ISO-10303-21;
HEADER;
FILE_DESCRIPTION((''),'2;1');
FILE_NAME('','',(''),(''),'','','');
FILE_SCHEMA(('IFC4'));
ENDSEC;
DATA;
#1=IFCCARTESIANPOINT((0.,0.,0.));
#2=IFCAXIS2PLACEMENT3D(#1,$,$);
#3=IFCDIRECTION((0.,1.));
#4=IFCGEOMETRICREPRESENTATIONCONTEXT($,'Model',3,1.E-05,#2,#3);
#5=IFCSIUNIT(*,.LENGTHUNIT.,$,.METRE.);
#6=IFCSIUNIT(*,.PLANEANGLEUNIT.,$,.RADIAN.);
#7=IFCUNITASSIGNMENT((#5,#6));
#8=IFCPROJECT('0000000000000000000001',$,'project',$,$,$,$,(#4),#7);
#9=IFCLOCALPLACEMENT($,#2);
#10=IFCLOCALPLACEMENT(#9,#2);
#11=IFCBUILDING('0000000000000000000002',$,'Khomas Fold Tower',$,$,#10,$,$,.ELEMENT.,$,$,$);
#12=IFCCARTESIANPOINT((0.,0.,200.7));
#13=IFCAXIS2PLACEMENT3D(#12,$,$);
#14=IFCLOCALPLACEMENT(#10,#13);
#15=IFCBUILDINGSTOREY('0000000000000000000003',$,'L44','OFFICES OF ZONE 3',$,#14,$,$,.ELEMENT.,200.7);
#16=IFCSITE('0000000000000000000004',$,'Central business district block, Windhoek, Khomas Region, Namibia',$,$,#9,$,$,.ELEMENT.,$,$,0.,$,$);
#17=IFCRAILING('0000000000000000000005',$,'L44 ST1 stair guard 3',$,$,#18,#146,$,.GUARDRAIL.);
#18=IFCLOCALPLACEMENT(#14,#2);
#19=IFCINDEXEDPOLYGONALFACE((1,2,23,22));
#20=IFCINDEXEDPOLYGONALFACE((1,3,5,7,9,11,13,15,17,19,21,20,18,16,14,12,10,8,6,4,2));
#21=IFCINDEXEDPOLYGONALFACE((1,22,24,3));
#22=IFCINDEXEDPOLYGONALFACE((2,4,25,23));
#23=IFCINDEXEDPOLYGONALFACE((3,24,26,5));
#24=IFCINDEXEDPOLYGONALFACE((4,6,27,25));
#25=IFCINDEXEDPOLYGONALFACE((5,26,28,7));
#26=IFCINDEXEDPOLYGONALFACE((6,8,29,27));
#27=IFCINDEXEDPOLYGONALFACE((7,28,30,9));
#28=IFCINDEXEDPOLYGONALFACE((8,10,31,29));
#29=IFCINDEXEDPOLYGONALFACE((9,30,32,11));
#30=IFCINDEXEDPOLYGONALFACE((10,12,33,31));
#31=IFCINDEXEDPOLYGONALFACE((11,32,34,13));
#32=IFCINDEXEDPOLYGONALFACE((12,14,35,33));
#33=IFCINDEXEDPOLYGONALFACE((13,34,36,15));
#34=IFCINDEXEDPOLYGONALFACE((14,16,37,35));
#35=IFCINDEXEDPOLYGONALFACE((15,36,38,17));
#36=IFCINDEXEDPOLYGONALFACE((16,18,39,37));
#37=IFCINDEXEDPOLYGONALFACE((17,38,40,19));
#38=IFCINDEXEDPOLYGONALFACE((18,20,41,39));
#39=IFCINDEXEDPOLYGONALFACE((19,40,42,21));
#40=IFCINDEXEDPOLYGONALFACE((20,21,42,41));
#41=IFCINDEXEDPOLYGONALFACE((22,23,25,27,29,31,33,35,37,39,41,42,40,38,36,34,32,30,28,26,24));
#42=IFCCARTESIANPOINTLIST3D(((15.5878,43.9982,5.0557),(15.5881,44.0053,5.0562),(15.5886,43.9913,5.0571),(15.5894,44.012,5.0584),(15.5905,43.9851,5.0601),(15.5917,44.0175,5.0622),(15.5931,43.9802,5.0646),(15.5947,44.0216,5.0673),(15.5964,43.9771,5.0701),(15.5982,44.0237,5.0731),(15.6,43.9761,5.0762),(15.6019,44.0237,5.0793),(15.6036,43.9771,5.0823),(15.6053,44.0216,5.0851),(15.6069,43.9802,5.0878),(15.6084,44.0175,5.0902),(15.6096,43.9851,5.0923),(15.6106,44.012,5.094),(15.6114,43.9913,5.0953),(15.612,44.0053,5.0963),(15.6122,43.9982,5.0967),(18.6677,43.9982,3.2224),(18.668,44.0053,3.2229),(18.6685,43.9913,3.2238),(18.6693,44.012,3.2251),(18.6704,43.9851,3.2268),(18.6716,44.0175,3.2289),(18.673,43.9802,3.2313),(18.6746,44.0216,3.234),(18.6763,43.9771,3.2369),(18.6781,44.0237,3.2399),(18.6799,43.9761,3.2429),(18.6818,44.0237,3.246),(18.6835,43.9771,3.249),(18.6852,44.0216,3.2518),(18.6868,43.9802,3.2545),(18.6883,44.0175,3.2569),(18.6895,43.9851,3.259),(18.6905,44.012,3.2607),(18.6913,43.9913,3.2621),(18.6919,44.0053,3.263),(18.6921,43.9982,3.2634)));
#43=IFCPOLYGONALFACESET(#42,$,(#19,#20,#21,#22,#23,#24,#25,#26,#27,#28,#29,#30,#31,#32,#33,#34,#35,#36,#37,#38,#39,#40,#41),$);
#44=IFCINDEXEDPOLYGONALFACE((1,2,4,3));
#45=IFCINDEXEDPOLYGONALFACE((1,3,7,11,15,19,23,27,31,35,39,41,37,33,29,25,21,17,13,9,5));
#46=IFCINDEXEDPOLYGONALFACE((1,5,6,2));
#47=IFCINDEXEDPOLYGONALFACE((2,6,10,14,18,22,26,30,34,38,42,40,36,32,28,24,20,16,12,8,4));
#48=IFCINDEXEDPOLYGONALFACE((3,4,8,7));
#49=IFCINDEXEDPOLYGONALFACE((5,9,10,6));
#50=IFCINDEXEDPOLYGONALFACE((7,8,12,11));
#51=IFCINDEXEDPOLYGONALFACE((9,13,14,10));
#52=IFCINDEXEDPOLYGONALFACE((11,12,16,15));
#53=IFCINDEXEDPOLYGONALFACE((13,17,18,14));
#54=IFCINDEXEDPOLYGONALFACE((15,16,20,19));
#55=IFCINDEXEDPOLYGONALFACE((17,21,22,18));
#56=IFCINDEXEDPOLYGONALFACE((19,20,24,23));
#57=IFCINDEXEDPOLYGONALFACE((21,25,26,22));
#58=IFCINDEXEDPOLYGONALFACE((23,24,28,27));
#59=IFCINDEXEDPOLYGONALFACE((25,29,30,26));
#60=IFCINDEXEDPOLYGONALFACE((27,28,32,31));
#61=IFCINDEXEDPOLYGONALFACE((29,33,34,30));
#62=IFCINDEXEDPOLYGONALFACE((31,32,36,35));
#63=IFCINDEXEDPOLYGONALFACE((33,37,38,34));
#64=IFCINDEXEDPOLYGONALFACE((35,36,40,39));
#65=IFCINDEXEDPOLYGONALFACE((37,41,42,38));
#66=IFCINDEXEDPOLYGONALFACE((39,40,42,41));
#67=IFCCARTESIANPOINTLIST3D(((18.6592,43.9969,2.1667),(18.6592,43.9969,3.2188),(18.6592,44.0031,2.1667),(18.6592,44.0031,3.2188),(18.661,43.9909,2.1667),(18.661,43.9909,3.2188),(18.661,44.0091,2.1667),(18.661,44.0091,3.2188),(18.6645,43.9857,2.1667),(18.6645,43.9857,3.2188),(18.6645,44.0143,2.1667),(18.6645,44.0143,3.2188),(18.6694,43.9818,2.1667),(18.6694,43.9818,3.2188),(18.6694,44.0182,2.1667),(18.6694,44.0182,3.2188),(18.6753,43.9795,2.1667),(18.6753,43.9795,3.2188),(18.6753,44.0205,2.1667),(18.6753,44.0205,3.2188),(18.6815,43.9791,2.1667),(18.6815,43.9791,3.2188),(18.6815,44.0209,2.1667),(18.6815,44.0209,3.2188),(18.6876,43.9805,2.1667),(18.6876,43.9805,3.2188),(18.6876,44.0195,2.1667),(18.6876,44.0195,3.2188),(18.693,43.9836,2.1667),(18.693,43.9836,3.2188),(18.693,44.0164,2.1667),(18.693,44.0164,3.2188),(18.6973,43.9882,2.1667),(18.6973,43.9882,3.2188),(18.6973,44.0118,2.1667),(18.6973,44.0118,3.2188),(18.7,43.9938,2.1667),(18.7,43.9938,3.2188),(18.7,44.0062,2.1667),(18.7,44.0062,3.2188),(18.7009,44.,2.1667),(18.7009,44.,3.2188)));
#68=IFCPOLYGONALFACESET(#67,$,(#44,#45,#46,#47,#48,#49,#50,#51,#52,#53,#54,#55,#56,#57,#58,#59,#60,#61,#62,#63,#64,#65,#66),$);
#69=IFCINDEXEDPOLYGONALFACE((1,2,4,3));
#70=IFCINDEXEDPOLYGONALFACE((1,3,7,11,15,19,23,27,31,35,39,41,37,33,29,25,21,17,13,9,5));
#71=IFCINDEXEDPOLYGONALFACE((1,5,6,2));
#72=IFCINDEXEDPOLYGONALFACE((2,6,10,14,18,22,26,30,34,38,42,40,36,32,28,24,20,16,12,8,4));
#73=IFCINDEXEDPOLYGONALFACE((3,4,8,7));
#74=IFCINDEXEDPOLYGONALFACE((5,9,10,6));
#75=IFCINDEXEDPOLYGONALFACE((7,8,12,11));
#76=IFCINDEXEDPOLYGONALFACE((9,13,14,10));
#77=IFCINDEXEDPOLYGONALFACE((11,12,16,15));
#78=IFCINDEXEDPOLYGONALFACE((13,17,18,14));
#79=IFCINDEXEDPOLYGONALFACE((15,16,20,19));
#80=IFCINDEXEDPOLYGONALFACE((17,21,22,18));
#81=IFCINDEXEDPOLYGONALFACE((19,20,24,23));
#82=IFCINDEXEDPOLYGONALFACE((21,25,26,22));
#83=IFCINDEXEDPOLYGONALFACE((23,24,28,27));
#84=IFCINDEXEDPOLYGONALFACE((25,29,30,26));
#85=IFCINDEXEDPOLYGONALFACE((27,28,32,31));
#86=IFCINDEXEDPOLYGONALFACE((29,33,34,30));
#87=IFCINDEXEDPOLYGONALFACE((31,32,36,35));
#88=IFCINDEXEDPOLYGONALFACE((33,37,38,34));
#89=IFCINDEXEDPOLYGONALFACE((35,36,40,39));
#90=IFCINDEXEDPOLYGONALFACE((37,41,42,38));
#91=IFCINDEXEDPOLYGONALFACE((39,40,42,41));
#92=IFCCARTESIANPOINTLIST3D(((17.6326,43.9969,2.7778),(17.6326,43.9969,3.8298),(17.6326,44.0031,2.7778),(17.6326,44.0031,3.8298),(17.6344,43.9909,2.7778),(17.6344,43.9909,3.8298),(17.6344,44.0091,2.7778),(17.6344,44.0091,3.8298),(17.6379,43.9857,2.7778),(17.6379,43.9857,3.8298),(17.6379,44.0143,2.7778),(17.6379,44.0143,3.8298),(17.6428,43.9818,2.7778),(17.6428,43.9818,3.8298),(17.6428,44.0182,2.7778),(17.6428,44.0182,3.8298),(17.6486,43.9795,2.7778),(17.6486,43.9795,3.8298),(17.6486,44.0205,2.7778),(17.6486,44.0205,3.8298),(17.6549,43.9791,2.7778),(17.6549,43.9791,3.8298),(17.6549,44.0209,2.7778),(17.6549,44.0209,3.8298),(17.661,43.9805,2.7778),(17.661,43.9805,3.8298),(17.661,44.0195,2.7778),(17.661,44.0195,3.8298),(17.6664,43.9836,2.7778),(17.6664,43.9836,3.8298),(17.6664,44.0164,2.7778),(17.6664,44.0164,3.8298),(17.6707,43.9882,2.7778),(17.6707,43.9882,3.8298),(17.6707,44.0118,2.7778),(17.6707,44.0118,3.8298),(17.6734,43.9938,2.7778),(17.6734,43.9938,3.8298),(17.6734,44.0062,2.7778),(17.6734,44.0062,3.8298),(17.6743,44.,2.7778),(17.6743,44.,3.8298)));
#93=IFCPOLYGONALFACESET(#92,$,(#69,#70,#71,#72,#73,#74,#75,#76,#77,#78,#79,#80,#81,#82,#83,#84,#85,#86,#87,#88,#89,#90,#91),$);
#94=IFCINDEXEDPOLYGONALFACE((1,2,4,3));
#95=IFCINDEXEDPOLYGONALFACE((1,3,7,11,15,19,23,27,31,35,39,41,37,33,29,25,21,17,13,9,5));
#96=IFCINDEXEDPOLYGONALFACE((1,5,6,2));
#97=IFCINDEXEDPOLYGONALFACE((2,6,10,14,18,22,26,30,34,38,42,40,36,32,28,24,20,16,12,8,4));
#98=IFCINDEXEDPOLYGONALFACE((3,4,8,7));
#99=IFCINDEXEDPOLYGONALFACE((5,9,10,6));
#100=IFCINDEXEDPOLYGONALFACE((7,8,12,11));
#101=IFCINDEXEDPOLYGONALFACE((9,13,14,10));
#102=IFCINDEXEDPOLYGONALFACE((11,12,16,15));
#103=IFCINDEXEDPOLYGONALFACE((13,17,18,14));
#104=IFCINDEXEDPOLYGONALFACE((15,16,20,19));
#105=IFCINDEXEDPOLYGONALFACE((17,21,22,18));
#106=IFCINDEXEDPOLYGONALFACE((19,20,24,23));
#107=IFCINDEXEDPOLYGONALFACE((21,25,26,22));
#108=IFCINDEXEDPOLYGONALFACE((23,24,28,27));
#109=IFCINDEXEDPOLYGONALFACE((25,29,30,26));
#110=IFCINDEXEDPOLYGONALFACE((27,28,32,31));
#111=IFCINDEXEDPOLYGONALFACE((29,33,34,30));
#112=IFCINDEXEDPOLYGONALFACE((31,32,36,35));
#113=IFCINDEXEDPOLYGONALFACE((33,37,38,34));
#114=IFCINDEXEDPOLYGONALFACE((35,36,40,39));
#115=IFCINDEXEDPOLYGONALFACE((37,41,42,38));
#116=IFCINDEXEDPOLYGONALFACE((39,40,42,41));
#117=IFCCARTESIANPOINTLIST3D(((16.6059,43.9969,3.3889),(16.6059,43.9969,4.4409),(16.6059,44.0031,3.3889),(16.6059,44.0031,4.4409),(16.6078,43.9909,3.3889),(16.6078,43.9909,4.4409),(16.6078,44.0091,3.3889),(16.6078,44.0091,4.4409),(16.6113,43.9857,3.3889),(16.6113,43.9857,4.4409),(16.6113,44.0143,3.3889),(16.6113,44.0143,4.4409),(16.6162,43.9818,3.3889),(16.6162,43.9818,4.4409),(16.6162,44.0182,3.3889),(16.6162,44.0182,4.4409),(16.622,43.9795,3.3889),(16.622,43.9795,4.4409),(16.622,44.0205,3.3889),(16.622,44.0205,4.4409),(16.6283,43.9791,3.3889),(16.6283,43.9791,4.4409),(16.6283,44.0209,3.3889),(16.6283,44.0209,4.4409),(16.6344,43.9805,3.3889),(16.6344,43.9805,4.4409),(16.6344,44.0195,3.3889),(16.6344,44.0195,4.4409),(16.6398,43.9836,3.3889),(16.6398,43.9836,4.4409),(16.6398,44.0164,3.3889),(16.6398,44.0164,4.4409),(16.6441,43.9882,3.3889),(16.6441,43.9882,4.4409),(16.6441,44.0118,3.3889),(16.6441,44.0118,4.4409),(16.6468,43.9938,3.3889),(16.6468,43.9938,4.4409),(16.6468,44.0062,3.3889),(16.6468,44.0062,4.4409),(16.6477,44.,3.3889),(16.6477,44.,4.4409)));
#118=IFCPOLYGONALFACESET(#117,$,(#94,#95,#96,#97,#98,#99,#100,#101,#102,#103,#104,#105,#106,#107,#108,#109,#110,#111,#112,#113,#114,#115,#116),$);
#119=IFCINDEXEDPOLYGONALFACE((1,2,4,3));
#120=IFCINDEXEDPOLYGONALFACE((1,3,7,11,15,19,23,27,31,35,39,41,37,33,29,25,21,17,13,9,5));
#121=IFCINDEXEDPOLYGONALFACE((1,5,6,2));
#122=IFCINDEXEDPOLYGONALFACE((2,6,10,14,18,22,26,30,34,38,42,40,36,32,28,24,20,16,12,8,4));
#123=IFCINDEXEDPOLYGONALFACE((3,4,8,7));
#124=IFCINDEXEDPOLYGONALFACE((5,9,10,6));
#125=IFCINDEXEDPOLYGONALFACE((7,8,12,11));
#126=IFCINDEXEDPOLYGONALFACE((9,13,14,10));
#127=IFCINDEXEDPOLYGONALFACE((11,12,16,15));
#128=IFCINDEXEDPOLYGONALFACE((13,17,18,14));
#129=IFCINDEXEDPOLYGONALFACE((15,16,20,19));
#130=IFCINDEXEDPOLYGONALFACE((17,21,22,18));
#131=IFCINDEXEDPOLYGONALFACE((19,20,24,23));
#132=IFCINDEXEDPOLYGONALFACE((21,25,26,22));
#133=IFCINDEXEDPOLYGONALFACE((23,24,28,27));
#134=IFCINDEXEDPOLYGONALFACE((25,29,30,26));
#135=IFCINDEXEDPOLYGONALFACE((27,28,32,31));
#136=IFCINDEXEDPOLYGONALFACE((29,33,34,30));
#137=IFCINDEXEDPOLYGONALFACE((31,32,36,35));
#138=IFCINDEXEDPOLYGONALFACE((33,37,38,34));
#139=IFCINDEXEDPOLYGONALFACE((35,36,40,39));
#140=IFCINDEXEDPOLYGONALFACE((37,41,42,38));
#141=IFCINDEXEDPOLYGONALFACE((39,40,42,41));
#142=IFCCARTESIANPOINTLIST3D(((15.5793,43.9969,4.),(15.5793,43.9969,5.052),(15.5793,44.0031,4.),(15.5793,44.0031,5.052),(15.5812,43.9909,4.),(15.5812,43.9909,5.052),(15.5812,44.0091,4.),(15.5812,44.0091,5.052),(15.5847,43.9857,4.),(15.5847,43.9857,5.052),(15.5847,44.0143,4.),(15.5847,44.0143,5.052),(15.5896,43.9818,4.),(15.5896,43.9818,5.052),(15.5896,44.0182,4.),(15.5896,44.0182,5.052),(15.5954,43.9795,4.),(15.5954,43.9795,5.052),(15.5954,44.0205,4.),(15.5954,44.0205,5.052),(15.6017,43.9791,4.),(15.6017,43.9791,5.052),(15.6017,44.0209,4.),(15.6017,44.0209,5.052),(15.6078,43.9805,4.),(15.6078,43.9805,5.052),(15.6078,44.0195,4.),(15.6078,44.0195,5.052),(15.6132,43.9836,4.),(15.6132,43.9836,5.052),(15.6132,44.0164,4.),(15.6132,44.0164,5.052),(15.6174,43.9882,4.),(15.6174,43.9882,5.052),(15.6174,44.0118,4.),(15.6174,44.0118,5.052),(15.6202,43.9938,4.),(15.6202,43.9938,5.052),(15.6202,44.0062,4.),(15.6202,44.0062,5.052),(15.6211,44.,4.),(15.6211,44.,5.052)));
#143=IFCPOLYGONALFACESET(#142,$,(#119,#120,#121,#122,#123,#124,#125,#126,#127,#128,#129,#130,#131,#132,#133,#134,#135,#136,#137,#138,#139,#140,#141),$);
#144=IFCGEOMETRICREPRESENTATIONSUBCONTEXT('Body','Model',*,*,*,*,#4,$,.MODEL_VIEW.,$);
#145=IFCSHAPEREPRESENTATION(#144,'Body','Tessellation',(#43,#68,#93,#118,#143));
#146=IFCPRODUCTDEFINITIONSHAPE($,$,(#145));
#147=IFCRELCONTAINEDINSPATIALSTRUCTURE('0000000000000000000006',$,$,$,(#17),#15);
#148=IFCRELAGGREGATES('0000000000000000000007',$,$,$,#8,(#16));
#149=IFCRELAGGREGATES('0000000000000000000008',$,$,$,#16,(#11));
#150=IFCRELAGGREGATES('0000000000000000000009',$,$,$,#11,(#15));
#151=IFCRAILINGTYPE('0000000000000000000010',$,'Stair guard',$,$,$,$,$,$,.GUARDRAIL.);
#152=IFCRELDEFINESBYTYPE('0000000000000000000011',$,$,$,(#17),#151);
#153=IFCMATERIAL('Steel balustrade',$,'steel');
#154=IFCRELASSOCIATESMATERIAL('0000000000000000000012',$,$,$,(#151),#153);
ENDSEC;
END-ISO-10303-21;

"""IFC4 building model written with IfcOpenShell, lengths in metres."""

from ifc_helpers import new_model, si_unit, direction, frame, origin, origin_2d, place, context, subcontext, project, spatial, circle, extrude, source, transform, mapped, material, type_object, element, save


model = new_model("IFC4")

# Units and contexts
model_context = context("Model", 3, precision=1e-05, world=origin(), true_north=direction((0.0, 1.0)))
body_context = subcontext(model_context, "Body", "Model", "MODEL_VIEW")
ifc_project = project(units=[si_unit("LENGTHUNIT", "METRE"), si_unit("PLANEANGLEUNIT", "RADIAN")], contexts=[model_context])

# Site, building, storey
site_placement = place(None, origin())
site = spatial("IfcSite", under=ifc_project, at=site_placement, Name="Central business district block, Windhoek, Khomas Region, Namibia", CompositionType="ELEMENT", RefElevation=0.0)
building_placement = place(site_placement, origin())
building = spatial("IfcBuilding", under=site, at=building_placement, Name="Khomas Fold Tower", CompositionType="ELEMENT")
storey_placement = place(building_placement, frame((0.0, 0.0, 200.7)))
storey = spatial("IfcBuildingStorey", under=building, at=storey_placement, Name="L44", Description="OFFICES OF ZONE 3", CompositionType="ELEMENT", Elevation=200.7)

# Railing
ifc_material_1 = material(Name="Steel balustrade", Category="steel")
railing_type_1 = type_object("IfcRailingType", Name="Stair guard", PredefinedType="GUARDRAIL", material=ifc_material_1)
shared_shape_1 = source(origin(), body_context, "Body", "SweptSolid", [
    extrude(circle(Radius=0.0239, at=origin_2d()), frame((0.0, 0.0, 1.0762), z_axis=(-0.859291, 0.0, 0.511487), x_axis=(0.0, -1.0, 0.0)), (0.0, 0.0, 1.0), 3.5842),
    extrude(circle(Radius=0.021, at=origin_2d()), origin(), (0.0, 0.0, 1.0), 1.052),
    extrude(circle(Radius=0.021, at=origin_2d()), frame((-1.0266, 0.0, 0.6111)), (0.0, 0.0, 1.0), 1.052),
    extrude(circle(Radius=0.021, at=origin_2d()), frame((-2.0532, 0.0, 1.2222)), (0.0, 0.0, 1.0), 1.052),
    extrude(circle(Radius=0.021, at=origin_2d()), frame((-3.0798, 0.0, 1.8333)), (0.0, 0.0, 1.0), 1.052),
])
railing_1_placement = place(storey_placement, frame((18.6799, 44.0, 2.1667)))
element("IfcRailing", 1, at=railing_1_placement, inside=storey, type_object=railing_type_1, Name="L44 ST1 stair guard 3", PredefinedType="GUARDRAIL", context=body_context, shape_type="MappedRepresentation", body=[
    mapped(shared_shape_1, transform((0.0, 0.0, 0.0))),
])

save(model, "model.ifc")
